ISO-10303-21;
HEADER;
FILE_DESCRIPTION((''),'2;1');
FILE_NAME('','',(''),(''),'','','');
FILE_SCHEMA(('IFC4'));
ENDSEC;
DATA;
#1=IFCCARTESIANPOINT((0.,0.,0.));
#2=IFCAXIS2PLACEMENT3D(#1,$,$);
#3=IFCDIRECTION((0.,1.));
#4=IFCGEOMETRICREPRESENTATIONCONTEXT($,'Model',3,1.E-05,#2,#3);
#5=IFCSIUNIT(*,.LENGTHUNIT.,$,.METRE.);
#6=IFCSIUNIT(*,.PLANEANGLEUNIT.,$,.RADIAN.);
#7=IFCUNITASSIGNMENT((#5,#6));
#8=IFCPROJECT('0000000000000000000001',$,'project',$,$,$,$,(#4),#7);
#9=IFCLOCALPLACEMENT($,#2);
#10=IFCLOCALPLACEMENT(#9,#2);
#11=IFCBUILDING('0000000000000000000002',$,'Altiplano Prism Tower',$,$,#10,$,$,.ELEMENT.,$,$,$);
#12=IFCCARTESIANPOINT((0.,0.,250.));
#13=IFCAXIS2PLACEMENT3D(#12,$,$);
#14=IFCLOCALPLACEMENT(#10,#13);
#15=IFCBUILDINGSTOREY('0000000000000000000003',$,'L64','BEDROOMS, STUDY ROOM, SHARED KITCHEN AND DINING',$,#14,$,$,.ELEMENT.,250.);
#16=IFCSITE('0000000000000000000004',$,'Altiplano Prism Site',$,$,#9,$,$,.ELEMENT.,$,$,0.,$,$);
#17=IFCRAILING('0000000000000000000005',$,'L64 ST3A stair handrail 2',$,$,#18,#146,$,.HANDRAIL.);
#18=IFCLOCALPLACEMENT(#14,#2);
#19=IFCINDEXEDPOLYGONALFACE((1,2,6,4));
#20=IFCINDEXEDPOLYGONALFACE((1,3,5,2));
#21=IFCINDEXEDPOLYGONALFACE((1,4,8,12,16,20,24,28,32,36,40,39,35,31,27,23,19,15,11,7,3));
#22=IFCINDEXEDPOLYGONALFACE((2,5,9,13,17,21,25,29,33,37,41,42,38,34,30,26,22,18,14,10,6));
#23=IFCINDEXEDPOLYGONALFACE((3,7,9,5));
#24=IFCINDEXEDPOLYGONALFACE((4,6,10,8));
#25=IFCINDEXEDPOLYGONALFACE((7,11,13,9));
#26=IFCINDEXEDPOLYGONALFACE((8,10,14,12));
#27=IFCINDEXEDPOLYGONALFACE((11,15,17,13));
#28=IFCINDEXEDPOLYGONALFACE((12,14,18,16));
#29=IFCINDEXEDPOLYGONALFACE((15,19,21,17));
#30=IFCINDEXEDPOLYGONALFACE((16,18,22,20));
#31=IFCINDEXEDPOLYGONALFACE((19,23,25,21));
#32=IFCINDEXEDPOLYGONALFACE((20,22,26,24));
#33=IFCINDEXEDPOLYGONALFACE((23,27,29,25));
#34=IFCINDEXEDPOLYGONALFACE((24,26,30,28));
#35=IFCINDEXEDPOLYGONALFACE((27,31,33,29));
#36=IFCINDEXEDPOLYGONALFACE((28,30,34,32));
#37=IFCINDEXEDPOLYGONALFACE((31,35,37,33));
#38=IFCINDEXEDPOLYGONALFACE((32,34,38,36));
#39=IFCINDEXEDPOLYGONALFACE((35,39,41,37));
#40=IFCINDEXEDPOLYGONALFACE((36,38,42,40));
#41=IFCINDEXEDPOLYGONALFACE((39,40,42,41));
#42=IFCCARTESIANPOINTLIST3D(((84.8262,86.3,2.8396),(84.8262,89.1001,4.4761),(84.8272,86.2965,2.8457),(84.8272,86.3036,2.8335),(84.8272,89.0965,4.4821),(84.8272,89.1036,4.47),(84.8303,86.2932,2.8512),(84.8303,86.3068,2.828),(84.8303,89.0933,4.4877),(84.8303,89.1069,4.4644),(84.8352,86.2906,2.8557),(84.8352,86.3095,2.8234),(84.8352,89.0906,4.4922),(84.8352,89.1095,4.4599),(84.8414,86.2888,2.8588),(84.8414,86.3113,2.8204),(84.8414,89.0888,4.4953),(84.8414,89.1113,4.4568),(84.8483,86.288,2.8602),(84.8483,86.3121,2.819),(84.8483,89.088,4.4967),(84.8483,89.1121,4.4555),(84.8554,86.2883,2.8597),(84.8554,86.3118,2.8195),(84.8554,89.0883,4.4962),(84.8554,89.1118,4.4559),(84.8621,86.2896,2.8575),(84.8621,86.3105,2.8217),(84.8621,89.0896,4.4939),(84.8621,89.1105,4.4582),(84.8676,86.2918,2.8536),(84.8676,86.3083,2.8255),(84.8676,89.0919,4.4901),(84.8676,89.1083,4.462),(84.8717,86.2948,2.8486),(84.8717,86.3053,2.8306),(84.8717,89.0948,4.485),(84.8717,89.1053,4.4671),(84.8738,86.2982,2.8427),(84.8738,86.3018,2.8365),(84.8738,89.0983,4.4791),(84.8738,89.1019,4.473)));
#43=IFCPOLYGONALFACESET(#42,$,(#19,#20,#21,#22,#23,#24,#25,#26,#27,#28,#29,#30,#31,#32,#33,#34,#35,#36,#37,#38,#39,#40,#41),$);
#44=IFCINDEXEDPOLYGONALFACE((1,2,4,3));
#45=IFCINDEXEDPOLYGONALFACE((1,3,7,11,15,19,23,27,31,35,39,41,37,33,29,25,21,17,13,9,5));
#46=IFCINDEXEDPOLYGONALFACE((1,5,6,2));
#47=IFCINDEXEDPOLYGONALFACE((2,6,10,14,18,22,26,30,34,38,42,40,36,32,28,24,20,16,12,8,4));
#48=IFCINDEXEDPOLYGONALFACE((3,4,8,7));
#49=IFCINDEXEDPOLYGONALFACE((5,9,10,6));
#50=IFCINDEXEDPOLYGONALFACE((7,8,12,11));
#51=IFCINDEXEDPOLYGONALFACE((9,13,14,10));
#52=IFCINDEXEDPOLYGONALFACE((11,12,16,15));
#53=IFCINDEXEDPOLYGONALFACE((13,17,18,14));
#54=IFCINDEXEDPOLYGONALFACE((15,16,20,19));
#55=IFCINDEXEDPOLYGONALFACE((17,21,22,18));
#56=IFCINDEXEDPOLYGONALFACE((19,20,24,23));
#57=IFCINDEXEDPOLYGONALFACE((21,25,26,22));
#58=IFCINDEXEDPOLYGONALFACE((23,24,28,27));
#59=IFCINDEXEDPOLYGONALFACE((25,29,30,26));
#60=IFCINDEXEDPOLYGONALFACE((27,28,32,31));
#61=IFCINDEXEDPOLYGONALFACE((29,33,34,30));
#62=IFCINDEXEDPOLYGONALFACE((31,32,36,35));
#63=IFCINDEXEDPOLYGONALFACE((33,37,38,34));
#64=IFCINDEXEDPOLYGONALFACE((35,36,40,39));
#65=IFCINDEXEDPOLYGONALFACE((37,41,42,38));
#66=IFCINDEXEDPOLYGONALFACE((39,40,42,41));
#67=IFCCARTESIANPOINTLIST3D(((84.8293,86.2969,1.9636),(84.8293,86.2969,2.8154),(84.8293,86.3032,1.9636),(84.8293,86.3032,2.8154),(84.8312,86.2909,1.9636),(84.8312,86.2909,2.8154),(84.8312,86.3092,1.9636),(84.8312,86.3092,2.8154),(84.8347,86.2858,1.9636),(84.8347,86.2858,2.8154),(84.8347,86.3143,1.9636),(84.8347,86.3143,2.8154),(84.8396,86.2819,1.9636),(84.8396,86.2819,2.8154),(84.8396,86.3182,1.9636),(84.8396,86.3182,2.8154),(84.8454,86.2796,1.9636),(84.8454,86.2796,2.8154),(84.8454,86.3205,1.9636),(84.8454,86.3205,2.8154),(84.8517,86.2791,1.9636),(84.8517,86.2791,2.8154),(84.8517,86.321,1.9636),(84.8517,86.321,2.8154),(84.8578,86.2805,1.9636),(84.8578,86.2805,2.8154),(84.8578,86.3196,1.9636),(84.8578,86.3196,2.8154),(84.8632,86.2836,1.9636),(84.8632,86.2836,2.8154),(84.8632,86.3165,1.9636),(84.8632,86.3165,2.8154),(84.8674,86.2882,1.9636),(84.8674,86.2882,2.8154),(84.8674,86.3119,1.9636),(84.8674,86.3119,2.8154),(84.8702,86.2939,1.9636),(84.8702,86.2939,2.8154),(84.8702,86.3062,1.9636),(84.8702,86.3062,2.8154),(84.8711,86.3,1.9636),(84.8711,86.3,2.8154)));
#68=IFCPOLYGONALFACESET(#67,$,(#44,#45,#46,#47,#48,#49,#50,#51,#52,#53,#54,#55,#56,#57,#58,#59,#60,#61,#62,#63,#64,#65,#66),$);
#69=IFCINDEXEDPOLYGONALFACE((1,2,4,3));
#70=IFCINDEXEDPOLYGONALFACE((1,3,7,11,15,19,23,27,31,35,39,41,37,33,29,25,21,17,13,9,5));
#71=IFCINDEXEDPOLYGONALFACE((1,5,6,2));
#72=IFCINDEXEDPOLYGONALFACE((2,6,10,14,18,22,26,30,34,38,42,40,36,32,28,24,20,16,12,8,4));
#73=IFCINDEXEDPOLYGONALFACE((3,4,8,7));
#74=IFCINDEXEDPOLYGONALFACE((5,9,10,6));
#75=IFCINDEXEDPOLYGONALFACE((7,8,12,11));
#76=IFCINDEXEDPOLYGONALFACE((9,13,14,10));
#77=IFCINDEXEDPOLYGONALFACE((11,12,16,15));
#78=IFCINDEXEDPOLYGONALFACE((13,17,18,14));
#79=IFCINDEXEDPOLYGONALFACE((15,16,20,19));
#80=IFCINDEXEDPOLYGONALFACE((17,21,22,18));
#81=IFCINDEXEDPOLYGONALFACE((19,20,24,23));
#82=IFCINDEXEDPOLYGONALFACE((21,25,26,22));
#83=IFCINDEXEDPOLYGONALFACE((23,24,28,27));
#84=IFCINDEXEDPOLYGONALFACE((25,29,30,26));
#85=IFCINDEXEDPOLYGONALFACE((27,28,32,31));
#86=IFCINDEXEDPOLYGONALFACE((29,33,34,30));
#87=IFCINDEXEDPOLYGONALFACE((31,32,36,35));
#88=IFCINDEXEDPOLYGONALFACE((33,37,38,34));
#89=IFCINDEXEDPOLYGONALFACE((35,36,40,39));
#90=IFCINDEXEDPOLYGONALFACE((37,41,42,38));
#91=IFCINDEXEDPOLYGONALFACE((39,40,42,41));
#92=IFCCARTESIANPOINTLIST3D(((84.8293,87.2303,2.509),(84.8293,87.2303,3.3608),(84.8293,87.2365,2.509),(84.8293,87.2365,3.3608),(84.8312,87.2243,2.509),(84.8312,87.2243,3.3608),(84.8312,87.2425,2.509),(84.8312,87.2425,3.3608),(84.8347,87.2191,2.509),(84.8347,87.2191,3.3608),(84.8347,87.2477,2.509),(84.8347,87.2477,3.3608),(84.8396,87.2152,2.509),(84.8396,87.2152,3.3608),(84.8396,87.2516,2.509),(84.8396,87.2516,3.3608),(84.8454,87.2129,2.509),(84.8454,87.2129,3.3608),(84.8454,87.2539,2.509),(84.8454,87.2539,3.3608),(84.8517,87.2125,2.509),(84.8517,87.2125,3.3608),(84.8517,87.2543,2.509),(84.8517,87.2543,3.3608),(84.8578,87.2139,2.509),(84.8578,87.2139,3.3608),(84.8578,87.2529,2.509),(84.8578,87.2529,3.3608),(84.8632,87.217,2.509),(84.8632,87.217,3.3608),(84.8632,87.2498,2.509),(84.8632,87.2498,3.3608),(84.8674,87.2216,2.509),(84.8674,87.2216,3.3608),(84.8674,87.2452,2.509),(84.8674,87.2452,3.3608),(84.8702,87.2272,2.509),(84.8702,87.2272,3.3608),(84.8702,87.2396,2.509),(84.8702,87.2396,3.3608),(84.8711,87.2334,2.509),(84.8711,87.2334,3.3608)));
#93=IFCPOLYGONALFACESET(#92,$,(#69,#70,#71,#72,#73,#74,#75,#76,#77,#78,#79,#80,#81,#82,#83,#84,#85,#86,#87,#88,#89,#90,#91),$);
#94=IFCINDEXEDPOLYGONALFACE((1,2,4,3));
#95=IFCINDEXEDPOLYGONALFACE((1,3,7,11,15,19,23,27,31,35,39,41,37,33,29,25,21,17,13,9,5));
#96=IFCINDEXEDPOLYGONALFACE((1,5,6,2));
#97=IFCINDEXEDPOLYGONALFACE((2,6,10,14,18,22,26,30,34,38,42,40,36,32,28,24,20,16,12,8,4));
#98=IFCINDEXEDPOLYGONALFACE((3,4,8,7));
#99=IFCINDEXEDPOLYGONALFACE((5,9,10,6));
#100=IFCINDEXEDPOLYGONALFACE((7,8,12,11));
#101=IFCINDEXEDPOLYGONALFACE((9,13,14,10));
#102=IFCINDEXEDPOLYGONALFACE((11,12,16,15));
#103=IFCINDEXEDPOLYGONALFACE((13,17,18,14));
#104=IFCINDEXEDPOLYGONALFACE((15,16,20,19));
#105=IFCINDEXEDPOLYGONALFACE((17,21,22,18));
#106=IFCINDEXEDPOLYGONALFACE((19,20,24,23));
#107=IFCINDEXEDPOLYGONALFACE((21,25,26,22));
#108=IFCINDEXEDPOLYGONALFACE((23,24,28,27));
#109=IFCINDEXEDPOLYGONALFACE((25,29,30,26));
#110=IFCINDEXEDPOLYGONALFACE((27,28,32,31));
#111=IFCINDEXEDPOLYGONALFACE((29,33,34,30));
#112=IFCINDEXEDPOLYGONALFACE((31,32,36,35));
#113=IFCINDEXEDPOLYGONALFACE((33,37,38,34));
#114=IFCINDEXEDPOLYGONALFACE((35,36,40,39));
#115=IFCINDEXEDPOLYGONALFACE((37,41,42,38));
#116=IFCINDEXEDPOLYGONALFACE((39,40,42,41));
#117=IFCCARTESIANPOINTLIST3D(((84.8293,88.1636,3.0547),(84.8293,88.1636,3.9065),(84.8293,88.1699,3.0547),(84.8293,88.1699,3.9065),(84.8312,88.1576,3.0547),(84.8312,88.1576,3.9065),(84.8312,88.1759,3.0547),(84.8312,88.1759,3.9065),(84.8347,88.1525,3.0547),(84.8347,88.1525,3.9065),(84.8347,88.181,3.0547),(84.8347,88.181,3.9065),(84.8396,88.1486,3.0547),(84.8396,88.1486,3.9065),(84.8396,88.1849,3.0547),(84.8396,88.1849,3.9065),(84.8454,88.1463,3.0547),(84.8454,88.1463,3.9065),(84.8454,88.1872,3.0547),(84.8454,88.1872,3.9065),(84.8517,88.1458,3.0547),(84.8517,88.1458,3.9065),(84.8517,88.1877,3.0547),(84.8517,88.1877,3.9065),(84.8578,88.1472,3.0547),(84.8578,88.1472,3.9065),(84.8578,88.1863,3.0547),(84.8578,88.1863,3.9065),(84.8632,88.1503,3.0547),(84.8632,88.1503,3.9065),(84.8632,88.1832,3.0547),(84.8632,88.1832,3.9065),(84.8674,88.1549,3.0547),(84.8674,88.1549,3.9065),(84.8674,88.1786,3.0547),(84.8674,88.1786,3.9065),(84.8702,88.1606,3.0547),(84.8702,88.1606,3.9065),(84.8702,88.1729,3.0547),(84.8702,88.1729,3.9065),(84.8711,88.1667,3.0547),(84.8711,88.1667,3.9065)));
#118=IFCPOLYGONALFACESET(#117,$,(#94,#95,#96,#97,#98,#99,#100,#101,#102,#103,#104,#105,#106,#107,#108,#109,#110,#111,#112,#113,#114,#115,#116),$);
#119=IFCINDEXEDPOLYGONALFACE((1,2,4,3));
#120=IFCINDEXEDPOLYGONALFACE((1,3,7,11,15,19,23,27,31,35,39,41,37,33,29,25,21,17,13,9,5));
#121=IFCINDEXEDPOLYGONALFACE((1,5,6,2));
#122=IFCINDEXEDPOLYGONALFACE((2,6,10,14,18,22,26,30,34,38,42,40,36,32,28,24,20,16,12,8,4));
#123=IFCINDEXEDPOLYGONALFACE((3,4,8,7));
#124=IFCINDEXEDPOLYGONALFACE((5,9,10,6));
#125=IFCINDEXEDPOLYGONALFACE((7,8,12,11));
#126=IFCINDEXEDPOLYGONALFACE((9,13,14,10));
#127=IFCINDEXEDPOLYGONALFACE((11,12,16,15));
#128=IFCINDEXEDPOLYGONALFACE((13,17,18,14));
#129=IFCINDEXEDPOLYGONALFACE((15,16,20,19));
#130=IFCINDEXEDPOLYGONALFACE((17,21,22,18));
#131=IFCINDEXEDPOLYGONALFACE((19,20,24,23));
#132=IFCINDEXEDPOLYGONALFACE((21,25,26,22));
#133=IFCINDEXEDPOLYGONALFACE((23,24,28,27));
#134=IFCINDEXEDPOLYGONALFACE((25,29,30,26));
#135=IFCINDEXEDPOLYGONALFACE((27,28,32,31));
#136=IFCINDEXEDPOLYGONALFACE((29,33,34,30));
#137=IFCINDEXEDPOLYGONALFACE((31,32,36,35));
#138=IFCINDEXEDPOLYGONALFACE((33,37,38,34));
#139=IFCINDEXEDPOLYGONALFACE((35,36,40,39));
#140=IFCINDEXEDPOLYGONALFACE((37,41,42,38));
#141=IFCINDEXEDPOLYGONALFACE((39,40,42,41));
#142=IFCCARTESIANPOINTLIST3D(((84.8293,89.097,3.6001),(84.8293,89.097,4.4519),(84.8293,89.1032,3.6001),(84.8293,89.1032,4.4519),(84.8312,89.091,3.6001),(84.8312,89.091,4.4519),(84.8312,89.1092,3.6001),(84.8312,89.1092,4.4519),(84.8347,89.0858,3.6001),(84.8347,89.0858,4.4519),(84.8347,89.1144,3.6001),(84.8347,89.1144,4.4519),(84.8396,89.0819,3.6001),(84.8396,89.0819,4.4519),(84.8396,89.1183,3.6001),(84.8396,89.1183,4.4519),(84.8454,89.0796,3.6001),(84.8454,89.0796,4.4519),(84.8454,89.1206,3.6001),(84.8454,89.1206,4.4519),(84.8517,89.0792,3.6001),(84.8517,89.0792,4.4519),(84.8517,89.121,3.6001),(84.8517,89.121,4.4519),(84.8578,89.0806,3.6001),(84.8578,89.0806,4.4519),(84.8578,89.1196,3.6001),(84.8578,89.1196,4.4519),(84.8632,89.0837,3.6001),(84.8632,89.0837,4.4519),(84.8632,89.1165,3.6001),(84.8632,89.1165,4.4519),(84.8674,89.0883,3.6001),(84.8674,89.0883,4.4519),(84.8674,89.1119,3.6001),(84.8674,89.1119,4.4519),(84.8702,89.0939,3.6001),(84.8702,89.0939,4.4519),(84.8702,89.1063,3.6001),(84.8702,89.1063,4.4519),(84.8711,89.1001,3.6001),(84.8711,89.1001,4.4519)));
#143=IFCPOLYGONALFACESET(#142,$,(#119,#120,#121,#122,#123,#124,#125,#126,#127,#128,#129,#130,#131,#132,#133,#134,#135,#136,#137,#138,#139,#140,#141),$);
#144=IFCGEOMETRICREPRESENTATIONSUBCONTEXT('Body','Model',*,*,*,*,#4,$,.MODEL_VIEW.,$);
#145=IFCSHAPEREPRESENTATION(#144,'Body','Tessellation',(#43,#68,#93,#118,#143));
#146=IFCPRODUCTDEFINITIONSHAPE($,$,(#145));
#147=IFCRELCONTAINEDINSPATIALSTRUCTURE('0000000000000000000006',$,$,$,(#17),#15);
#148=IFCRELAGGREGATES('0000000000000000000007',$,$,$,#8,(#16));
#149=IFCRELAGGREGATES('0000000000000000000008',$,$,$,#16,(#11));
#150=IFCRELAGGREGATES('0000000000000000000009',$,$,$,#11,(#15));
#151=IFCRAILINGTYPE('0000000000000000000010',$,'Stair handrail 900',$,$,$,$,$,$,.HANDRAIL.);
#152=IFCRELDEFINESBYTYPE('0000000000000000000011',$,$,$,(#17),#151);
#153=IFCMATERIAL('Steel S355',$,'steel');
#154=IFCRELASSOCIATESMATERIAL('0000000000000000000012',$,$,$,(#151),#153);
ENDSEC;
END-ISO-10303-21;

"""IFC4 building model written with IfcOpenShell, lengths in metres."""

from ifc_helpers import new_model, si_unit, direction, frame, origin, origin_2d, place, context, subcontext, project, spatial, circle, extrude, material, type_object, element, save


model = new_model("IFC4")

# Units and contexts
model_context = context("Model", 3, precision=1e-05, world=origin(), true_north=direction((0.0, 1.0)))
body_context = subcontext(model_context, "Body", "Model", "MODEL_VIEW")
ifc_project = project(units=[si_unit("LENGTHUNIT", "METRE"), si_unit("PLANEANGLEUNIT", "RADIAN")], contexts=[model_context])

# Site, building, storey
site_placement = place(None, origin())
site = spatial("IfcSite", under=ifc_project, at=site_placement, Name="Altiplano Prism Site", CompositionType="ELEMENT", RefElevation=0.0)
building_placement = place(site_placement, origin())
building = spatial("IfcBuilding", under=site, at=building_placement, Name="Altiplano Prism Tower", CompositionType="ELEMENT")
storey_placement = place(building_placement, frame((0.0, 0.0, 250.0)))
storey = spatial("IfcBuildingStorey", under=building, at=storey_placement, Name="L64", Description="BEDROOMS, STUDY ROOM, SHARED KITCHEN AND DINING", CompositionType="ELEMENT", Elevation=250.0)

# Railing
ifc_material_1 = material(Name="Steel S355", Category="steel")
railing_type_1 = type_object("IfcRailingType", Name="Stair handrail 900", PredefinedType="HANDRAIL", material=ifc_material_1)
railing_1_placement = place(storey_placement, frame((84.8501, 86.3, 1.9636)))
element("IfcRailing", 1, at=railing_1_placement, inside=storey, type_object=railing_type_1, Name="L64 ST3A stair handrail 2", PredefinedType="HANDRAIL", context=body_context, shape_type="SweptSolid", body=[
    extrude(circle(Radius=0.0239, at=origin_2d()), frame((0.0, 0.0, 0.876), z_axis=(0.0, 0.863361, 0.504587), x_axis=(-1.0, 0.0, 0.0)), (0.0, 0.0, 1.0), 3.2432),
    extrude(circle(Radius=0.021, at=origin_2d()), origin(), (0.0, 0.0, 1.0), 0.8518),
    extrude(circle(Radius=0.021, at=origin_2d()), frame((0.0, 0.9333, 0.5454)), (0.0, 0.0, 1.0), 0.8518),
    extrude(circle(Radius=0.021, at=origin_2d()), frame((0.0, 1.8667, 1.0911)), (0.0, 0.0, 1.0), 0.8518),
    extrude(circle(Radius=0.021, at=origin_2d()), frame((0.0, 2.8, 1.6365)), (0.0, 0.0, 1.0), 0.8518),
])

save(model, "model.ifc")
